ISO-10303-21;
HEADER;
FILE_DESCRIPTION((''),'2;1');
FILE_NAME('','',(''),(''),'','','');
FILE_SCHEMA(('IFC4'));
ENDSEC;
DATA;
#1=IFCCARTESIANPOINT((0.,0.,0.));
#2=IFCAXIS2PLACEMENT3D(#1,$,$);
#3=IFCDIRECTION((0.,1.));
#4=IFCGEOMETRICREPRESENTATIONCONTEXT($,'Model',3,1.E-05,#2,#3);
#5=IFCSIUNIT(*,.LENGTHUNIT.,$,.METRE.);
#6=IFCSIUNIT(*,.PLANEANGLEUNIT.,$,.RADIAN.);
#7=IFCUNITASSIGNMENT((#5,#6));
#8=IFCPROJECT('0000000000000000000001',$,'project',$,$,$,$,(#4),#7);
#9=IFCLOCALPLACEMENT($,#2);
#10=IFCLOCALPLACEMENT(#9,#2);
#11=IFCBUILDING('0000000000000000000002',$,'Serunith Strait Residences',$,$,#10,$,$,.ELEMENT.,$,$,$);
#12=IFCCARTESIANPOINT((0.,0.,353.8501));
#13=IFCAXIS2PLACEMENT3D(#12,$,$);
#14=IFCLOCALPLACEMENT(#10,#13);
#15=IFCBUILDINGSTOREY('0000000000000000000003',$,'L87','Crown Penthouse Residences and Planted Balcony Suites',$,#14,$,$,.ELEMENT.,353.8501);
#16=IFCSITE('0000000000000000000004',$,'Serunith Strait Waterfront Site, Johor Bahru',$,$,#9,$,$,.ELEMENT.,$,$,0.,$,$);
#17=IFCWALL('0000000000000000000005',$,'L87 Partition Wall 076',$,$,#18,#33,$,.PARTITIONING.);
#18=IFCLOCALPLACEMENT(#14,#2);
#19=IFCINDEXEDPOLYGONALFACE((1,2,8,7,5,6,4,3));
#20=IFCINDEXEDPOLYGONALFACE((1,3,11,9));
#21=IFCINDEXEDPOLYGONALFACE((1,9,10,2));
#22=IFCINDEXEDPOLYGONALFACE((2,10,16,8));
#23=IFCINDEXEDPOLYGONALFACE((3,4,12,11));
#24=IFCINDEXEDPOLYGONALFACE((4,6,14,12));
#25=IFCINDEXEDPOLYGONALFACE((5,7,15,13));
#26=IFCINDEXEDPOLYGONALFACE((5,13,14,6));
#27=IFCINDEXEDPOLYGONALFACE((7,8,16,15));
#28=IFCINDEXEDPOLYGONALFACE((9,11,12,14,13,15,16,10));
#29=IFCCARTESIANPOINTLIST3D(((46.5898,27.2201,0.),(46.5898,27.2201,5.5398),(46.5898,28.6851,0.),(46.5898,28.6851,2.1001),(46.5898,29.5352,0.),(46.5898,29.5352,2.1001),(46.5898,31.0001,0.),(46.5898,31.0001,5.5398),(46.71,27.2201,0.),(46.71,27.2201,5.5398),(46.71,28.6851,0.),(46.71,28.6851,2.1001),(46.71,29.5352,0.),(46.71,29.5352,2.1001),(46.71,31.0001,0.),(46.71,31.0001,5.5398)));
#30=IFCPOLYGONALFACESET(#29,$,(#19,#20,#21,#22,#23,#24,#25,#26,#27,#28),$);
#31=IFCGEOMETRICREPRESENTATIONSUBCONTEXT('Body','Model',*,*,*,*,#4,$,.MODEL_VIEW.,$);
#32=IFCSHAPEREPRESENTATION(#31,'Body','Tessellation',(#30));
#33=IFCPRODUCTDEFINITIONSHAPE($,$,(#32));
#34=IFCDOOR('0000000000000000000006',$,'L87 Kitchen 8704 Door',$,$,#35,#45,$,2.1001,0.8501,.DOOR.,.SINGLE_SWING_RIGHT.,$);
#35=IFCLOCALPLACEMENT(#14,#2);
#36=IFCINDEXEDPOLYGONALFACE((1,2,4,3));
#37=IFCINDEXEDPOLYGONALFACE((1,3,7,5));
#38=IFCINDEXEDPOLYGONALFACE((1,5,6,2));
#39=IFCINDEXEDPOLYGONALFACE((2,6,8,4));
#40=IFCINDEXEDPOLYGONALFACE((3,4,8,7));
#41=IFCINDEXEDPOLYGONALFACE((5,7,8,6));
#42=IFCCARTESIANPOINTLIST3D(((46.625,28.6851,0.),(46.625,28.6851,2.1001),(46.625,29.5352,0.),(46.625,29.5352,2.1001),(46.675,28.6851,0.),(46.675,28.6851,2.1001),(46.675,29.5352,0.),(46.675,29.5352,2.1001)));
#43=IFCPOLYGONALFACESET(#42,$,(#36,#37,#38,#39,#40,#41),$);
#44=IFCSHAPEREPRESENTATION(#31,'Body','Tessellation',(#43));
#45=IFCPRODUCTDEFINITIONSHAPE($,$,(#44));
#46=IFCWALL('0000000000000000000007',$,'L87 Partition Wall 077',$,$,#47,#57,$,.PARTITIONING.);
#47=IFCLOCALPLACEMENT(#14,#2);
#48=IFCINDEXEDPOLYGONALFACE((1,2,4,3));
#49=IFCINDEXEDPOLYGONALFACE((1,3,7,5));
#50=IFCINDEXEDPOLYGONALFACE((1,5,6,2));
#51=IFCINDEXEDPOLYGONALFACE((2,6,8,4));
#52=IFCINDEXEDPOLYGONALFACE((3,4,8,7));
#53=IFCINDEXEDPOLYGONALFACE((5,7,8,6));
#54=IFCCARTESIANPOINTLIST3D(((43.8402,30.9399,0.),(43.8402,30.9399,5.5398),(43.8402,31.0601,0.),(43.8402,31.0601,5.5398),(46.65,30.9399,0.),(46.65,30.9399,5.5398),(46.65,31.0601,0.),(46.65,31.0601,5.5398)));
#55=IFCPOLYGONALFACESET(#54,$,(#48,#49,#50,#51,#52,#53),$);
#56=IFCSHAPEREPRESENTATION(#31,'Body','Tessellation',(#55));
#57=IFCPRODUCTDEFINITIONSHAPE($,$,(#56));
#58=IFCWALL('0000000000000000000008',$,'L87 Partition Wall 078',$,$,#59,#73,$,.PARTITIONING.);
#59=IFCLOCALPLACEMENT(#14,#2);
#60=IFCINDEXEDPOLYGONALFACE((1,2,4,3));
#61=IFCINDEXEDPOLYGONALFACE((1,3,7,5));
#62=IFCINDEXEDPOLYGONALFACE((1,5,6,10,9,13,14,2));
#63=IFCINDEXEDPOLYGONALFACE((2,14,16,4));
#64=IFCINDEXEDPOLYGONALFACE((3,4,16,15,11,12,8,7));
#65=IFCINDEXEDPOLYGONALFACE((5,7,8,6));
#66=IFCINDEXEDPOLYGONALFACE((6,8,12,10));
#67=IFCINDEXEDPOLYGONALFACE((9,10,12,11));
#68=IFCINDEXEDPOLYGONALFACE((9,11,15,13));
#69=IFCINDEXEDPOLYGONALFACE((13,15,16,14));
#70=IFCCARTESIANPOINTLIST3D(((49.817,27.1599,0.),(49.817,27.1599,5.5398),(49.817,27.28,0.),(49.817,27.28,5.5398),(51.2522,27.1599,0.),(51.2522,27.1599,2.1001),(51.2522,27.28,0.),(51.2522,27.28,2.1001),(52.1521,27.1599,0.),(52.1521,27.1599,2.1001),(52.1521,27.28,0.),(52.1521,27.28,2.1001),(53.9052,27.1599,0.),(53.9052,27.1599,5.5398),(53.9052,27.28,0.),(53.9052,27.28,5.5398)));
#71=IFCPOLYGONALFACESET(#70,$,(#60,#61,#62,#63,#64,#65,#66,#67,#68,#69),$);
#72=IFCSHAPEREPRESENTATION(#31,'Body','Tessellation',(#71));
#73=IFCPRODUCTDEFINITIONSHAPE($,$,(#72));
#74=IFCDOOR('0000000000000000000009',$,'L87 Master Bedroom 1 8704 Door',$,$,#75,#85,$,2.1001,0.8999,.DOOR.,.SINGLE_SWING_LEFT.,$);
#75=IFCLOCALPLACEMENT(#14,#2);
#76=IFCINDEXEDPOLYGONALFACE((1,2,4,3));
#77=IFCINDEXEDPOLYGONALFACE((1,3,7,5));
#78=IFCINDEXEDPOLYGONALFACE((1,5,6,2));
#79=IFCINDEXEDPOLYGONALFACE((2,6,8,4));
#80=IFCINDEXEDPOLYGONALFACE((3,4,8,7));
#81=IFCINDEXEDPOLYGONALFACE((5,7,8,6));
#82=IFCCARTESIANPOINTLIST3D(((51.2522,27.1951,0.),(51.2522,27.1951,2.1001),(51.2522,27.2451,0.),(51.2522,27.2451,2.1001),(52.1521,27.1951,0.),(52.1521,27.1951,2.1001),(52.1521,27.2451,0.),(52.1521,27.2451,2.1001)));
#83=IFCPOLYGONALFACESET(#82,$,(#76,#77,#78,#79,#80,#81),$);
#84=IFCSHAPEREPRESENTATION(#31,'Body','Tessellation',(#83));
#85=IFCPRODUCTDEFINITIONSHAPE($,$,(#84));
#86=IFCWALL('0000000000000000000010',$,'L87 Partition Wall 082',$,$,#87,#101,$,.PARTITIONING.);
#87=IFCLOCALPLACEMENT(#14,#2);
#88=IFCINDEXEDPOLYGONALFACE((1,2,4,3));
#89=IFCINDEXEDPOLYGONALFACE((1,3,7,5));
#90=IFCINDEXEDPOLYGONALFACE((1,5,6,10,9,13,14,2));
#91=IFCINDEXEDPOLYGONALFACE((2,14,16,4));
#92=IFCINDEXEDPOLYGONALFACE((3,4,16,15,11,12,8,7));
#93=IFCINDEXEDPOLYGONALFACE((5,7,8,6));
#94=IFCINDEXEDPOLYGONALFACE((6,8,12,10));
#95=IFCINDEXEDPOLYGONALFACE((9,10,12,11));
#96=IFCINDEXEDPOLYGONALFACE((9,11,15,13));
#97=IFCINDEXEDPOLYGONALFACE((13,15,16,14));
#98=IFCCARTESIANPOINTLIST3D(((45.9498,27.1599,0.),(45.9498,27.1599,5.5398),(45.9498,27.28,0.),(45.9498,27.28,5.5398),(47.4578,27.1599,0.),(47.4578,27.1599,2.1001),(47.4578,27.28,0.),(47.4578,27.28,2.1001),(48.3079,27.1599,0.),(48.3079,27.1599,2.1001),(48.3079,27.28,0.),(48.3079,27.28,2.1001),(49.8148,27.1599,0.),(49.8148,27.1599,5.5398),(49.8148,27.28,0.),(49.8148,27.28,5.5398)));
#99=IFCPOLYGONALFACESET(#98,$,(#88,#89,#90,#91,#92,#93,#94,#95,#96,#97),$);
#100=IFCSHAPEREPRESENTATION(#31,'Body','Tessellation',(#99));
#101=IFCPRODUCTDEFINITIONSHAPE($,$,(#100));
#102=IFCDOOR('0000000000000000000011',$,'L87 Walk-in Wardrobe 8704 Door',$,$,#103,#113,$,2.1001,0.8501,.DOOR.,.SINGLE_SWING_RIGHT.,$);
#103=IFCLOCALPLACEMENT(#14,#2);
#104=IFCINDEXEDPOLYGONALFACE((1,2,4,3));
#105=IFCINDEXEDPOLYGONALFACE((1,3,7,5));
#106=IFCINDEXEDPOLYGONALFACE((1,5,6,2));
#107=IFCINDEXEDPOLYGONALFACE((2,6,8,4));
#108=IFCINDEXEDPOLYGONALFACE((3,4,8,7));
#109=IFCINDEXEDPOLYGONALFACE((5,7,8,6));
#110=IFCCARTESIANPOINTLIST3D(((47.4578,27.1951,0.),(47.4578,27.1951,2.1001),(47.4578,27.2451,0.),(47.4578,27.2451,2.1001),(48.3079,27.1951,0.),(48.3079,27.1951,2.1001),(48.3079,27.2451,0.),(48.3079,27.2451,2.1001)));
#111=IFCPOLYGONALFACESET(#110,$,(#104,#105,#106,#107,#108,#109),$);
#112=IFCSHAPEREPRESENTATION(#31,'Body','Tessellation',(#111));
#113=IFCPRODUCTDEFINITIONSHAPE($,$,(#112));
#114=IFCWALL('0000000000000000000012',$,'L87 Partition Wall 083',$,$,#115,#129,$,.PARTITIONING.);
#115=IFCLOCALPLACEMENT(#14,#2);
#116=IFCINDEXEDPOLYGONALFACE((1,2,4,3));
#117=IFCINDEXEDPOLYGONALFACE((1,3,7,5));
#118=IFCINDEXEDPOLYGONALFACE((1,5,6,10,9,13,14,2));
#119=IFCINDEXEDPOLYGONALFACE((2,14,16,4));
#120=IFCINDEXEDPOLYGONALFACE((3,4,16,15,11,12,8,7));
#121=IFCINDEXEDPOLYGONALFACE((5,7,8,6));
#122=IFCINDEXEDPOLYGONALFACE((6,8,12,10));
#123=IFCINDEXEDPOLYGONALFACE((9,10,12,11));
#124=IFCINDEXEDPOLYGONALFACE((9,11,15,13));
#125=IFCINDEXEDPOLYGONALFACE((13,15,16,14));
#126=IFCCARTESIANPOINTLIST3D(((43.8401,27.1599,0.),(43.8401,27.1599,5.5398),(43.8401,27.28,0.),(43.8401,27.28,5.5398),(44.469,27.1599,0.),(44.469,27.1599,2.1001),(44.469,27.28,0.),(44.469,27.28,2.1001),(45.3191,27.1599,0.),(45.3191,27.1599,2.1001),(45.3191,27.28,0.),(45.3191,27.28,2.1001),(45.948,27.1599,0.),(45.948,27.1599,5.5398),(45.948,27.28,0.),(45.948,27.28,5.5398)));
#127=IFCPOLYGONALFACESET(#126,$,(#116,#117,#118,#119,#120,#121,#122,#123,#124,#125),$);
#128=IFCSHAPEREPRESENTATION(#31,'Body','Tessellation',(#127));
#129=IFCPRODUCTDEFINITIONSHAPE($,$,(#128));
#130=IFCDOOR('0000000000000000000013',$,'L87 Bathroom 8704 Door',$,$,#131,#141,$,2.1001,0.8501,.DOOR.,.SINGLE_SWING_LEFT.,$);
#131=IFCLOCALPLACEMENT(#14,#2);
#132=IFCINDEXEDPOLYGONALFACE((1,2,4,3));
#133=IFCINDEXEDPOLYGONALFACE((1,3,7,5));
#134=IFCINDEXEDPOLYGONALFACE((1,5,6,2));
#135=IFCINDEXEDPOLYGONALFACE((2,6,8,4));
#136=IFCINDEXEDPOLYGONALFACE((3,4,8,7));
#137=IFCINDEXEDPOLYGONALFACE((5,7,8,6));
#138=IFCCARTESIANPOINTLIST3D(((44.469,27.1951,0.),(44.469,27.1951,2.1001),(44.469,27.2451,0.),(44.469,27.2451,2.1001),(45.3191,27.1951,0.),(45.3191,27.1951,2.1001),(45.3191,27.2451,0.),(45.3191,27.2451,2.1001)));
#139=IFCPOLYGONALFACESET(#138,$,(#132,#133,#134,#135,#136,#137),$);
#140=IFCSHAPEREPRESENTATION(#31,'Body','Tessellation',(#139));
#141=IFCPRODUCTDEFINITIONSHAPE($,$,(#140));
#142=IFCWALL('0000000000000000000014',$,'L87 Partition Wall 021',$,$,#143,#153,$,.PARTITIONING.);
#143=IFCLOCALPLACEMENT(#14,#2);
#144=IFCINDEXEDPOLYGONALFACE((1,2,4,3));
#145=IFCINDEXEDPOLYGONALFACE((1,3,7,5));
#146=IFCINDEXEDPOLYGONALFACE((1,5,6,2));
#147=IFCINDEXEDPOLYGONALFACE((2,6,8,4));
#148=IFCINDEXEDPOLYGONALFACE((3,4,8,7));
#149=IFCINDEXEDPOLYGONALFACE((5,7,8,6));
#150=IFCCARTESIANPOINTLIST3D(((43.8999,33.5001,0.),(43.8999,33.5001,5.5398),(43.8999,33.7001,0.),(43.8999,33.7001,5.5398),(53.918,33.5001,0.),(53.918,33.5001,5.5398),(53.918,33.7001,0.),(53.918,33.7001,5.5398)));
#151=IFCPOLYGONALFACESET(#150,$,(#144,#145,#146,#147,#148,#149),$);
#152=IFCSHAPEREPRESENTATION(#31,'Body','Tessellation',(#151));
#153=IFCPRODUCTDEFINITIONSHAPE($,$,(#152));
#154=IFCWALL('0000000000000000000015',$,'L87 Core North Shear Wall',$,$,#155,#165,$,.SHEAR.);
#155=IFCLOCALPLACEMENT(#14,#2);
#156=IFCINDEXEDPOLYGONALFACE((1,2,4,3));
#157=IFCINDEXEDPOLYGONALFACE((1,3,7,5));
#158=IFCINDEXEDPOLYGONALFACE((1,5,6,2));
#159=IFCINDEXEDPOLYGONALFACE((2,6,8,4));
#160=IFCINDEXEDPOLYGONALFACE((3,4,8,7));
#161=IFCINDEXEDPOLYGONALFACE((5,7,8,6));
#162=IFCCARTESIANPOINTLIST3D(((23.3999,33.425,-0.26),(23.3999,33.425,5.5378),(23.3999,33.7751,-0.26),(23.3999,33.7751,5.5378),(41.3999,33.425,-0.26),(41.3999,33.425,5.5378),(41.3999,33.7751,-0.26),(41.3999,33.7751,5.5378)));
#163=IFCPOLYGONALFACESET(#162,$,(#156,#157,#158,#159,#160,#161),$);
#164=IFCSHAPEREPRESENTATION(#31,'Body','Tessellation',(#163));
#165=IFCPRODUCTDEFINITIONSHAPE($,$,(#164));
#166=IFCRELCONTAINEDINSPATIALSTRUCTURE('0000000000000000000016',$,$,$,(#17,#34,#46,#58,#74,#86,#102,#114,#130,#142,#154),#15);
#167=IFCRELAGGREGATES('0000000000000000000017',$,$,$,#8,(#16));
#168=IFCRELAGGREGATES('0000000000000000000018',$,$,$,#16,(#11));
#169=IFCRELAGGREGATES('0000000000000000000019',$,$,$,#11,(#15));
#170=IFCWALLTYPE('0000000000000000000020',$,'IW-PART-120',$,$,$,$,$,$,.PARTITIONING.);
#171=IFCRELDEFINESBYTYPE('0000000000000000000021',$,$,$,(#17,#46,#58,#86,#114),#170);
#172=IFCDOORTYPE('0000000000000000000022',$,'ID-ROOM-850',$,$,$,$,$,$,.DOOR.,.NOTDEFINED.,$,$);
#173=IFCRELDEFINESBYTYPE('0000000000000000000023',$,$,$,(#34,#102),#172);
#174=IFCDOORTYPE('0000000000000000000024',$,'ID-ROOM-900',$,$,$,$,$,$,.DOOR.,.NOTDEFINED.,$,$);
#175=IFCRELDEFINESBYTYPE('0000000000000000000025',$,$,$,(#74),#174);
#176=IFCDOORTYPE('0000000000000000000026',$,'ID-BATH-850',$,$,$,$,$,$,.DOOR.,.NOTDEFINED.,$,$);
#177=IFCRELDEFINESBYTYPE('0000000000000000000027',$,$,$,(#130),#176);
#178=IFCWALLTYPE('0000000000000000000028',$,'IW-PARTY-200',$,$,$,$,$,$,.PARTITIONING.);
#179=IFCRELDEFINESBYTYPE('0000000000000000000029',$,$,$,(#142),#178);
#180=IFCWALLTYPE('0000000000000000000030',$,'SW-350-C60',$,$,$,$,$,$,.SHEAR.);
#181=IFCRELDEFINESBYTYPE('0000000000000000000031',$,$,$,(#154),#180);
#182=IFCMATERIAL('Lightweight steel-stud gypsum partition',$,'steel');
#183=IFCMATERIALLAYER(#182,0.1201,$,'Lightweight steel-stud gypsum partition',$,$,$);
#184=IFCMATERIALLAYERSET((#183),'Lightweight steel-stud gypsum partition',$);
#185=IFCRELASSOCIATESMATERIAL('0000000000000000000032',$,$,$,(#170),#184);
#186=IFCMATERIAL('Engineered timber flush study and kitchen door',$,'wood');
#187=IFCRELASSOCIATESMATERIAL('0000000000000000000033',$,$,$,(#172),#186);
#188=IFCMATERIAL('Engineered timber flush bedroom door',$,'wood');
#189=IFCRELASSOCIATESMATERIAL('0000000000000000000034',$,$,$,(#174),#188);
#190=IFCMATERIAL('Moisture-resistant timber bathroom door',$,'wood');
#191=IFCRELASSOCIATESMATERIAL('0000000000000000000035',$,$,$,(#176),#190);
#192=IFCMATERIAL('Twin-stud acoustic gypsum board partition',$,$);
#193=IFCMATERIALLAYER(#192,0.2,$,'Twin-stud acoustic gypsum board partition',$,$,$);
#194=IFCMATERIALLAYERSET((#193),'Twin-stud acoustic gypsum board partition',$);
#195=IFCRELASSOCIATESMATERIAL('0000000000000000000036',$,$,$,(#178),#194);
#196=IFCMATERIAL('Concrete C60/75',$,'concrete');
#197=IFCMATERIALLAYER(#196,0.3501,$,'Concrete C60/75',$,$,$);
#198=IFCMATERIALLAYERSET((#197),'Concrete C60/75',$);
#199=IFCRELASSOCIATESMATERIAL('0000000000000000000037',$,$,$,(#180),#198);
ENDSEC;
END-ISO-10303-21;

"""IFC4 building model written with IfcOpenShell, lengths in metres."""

from ifc_helpers import new_model, si_unit, direction, frame, frame_2d, origin, place, context, subcontext, project, spatial, rectangle, extrude, source, transform, mapped, material, layer, layer_set, type_object, element, fill, save


model = new_model("IFC4")

# Units and contexts
model_context = context("Model", 3, precision=1e-05, world=origin(), true_north=direction((0.0, 1.0)))
body_context = subcontext(model_context, "Body", "Model", "MODEL_VIEW")
ifc_project = project(units=[si_unit("LENGTHUNIT", "METRE"), si_unit("PLANEANGLEUNIT", "RADIAN")], contexts=[model_context])

# Site, building, storey
site_placement = place(None, origin())
site = spatial("IfcSite", under=ifc_project, at=site_placement, Name="Serunith Strait Waterfront Site, Johor Bahru", CompositionType="ELEMENT", RefElevation=0.0)
building_placement = place(site_placement, origin())
building = spatial("IfcBuilding", under=site, at=building_placement, Name="Serunith Strait Residences", CompositionType="ELEMENT")
storey_placement = place(building_placement, frame((0.0, 0.0, 353.8501)))
storey = spatial("IfcBuildingStorey", under=building, at=storey_placement, Name="L87", Description="Crown Penthouse Residences and Planted Balcony Suites", CompositionType="ELEMENT", Elevation=353.8501)

# Shared definitions
ifc_material_1 = material(Name="Concrete C60/75", Category="concrete")

# Wall, opening, door
ifc_material_2 = material(Name="Lightweight steel-stud gypsum partition", Category="steel")
ifc_layer_1 = layer(ifc_material_2, 0.1201, Name="Lightweight steel-stud gypsum partition")
ifc_layer_set_1 = layer_set([ifc_layer_1], Name="Lightweight steel-stud gypsum partition")
wall_type_1 = type_object("IfcWallType", Name="IW-PART-120", PredefinedType="PARTITIONING", material=ifc_layer_set_1)
wall_1_placement = place(storey_placement, frame((46.6499, 27.22, 0.0), z_axis=(0.0, 0.0, 1.0), x_axis=(0.0, 1.0, 0.0)))
wall_1 = element("IfcWall", 1, at=wall_1_placement, inside=storey, type_object=wall_type_1, Name="L87 Partition Wall 076", PredefinedType="PARTITIONING", context=body_context, shape_type="SweptSolid", body=[
    extrude(rectangle(XDim=3.78, YDim=0.1201, at=frame_2d((1.8901, 0.0))), origin(), (0.0, 0.0, 1.0), 5.5398),
])
opening_1_placement = place(wall_1_placement, frame((1.4651, 0.0, 0.0)))
opening_1 = element("IfcOpeningElement", 2, at=opening_1_placement, cuts=wall_1, PredefinedType="OPENING", context=body_context, shape_type="SweptSolid", body=[
    extrude(rectangle(XDim=0.8501, YDim=2.1001, at=frame_2d((0.425, 1.05))), frame((0.0, 0.0701, 0.0), z_axis=(0.0, -1.0, 0.0), x_axis=(1.0, 0.0, 0.0)), (0.0, 0.0, 1.0), 0.1401),
])
ifc_material_3 = material(Name="Engineered timber flush study and kitchen door", Category="wood")
door_type_1 = type_object("IfcDoorType", Name="ID-ROOM-850", OperationType="NOTDEFINED", PredefinedType="DOOR", material=ifc_material_3)
shared_shape_1 = source(origin(), body_context, "Body", "SweptSolid", [
    extrude(rectangle(XDim=0.8501, YDim=2.1001, at=frame_2d((0.425, 1.05))), frame((0.0, 0.0249, 0.0), z_axis=(0.0, -1.0, 0.0), x_axis=(1.0, 0.0, 0.0)), (0.0, 0.0, 1.0), 0.05),
])
door_1_placement = place(opening_1_placement, origin())
door_1 = element("IfcDoor", 3, at=door_1_placement, inside=storey, type_object=door_type_1, Name="L87 Kitchen 8704 Door", OperationType="SINGLE_SWING_RIGHT", OverallHeight=2.1001, OverallWidth=0.8501, PredefinedType="DOOR", context=body_context, shape_type="MappedRepresentation", body=[
    mapped(shared_shape_1, transform((0.0, 0.0, 0.0), scale=1.0)),
])
fill(opening_1, door_1)

# Wall
wall_2_placement = place(storey_placement, frame((46.6499, 31.0, 0.0), z_axis=(0.0, 0.0, 1.0), x_axis=(-1.0, 0.0, 0.0)))
element("IfcWall", 4, at=wall_2_placement, inside=storey, type_object=wall_type_1, Name="L87 Partition Wall 077", PredefinedType="PARTITIONING", context=body_context, shape_type="SweptSolid", body=[
    extrude(rectangle(XDim=2.8098, YDim=0.1201, at=frame_2d((1.4048, 0.0))), origin(), (0.0, 0.0, 1.0), 5.5398),
])

# Walls, openings, doors
wall_3_placement = place(storey_placement, frame((53.905, 27.22, 0.0), z_axis=(0.0, 0.0, 1.0), x_axis=(-1.0, 0.0, 0.0)))
wall_3 = element("IfcWall", 5, at=wall_3_placement, inside=storey, type_object=wall_type_1, Name="L87 Partition Wall 078", PredefinedType="PARTITIONING", context=body_context, shape_type="SweptSolid", body=[
    extrude(rectangle(XDim=4.0881, YDim=0.1201, at=frame_2d((2.0439, 0.0))), origin(), (0.0, 0.0, 1.0), 5.5398),
])
opening_2_placement = place(wall_3_placement, frame((1.7529, 0.0, 0.0)))
opening_2 = element("IfcOpeningElement", 6, at=opening_2_placement, cuts=wall_3, PredefinedType="OPENING", context=body_context, shape_type="SweptSolid", body=[
    extrude(rectangle(XDim=0.8999, YDim=2.1001, at=frame_2d((0.45, 1.05))), frame((0.0, 0.0701, 0.0), z_axis=(0.0, -1.0, 0.0), x_axis=(1.0, 0.0, 0.0)), (0.0, 0.0, 1.0), 0.1401),
])
ifc_material_4 = material(Name="Engineered timber flush bedroom door", Category="wood")
door_type_2 = type_object("IfcDoorType", Name="ID-ROOM-900", OperationType="NOTDEFINED", PredefinedType="DOOR", material=ifc_material_4)
shared_shape_2 = source(origin(), body_context, "Body", "SweptSolid", [
    extrude(rectangle(XDim=0.8999, YDim=2.1001, at=frame_2d((0.45, 1.05))), frame((0.0, 0.0249, 0.0), z_axis=(0.0, -1.0, 0.0), x_axis=(1.0, 0.0, 0.0)), (0.0, 0.0, 1.0), 0.05),
])
door_2_placement = place(opening_2_placement, origin())
door_2 = element("IfcDoor", 7, at=door_2_placement, inside=storey, type_object=door_type_2, Name="L87 Master Bedroom 1 8704 Door", OperationType="SINGLE_SWING_LEFT", OverallHeight=2.1001, OverallWidth=0.8999, PredefinedType="DOOR", context=body_context, shape_type="MappedRepresentation", body=[
    mapped(shared_shape_2, transform((0.0, 0.0, 0.0), scale=1.0)),
])
fill(opening_2, door_2)
wall_4_placement = place(storey_placement, frame((49.8149, 27.22, 0.0), z_axis=(0.0, 0.0, 1.0), x_axis=(-1.0, 0.0, 0.0)))
wall_4 = element("IfcWall", 8, at=wall_4_placement, inside=storey, type_object=wall_type_1, Name="L87 Partition Wall 082", PredefinedType="PARTITIONING", context=body_context, shape_type="SweptSolid", body=[
    extrude(rectangle(XDim=3.865, YDim=0.1201, at=frame_2d((1.9326, 0.0))), origin(), (0.0, 0.0, 1.0), 5.5398),
])
opening_3_placement = place(wall_4_placement, frame((1.5071, 0.0, 0.0)))
opening_3 = element("IfcOpeningElement", 9, at=opening_3_placement, cuts=wall_4, PredefinedType="OPENING", context=body_context, shape_type="SweptSolid", body=[
    extrude(rectangle(XDim=0.8501, YDim=2.1001, at=frame_2d((0.425, 1.05))), frame((0.0, 0.0701, 0.0), z_axis=(0.0, -1.0, 0.0), x_axis=(1.0, 0.0, 0.0)), (0.0, 0.0, 1.0), 0.1401),
])
door_3_placement = place(opening_3_placement, origin())
door_3 = element("IfcDoor", 10, at=door_3_placement, inside=storey, type_object=door_type_1, Name="L87 Walk-in Wardrobe 8704 Door", OperationType="SINGLE_SWING_RIGHT", OverallHeight=2.1001, OverallWidth=0.8501, PredefinedType="DOOR", context=body_context, shape_type="MappedRepresentation", body=[
    mapped(shared_shape_1, transform((0.0, 0.0, 0.0), scale=1.0)),
])
fill(opening_3, door_3)
wall_5_placement = place(storey_placement, frame((45.948, 27.22, 0.0), z_axis=(0.0, 0.0, 1.0), x_axis=(-1.0, 0.0, 0.0)))
wall_5 = element("IfcWall", 11, at=wall_5_placement, inside=storey, type_object=wall_type_1, Name="L87 Partition Wall 083", PredefinedType="PARTITIONING", context=body_context, shape_type="SweptSolid", body=[
    extrude(rectangle(XDim=2.1079, YDim=0.1201, at=frame_2d((1.054, 0.0))), origin(), (0.0, 0.0, 1.0), 5.5398),
])
opening_4_placement = place(wall_5_placement, frame((0.6289, 0.0, 0.0)))
opening_4 = element("IfcOpeningElement", 12, at=opening_4_placement, cuts=wall_5, PredefinedType="OPENING", context=body_context, shape_type="SweptSolid", body=[
    extrude(rectangle(XDim=0.8501, YDim=2.1001, at=frame_2d((0.425, 1.05))), frame((0.0, 0.0701, 0.0), z_axis=(0.0, -1.0, 0.0), x_axis=(1.0, 0.0, 0.0)), (0.0, 0.0, 1.0), 0.1401),
])
ifc_material_5 = material(Name="Moisture-resistant timber bathroom door", Category="wood")
door_type_3 = type_object("IfcDoorType", Name="ID-BATH-850", OperationType="NOTDEFINED", PredefinedType="DOOR", material=ifc_material_5)
door_4_placement = place(opening_4_placement, origin())
door_4 = element("IfcDoor", 13, at=door_4_placement, inside=storey, type_object=door_type_3, Name="L87 Bathroom 8704 Door", OperationType="SINGLE_SWING_LEFT", OverallHeight=2.1001, OverallWidth=0.8501, PredefinedType="DOOR", context=body_context, shape_type="MappedRepresentation", body=[
    mapped(shared_shape_1, transform((0.0, 0.0, 0.0), scale=1.0)),
])
fill(opening_4, door_4)

# Walls
ifc_material_6 = material(Name="Twin-stud acoustic gypsum board partition")
ifc_layer_2 = layer(ifc_material_6, 0.2, Name="Twin-stud acoustic gypsum board partition")
ifc_layer_set_2 = layer_set([ifc_layer_2], Name="Twin-stud acoustic gypsum board partition")
wall_type_2 = type_object("IfcWallType", Name="IW-PARTY-200", PredefinedType="PARTITIONING", material=ifc_layer_set_2)
wall_6_placement = place(storey_placement, frame((43.8999, 33.6001, 0.0), z_axis=(0.0, 0.0, 1.0), x_axis=(1.0, 0.0, 0.0)))
element("IfcWall", 14, at=wall_6_placement, inside=storey, type_object=wall_type_2, Name="L87 Partition Wall 021", PredefinedType="PARTITIONING", context=body_context, shape_type="SweptSolid", body=[
    extrude(rectangle(XDim=10.0181, YDim=0.2, at=frame_2d((5.009, 0.0))), origin(), (0.0, 0.0, 1.0), 5.5398),
])
ifc_layer_3 = layer(ifc_material_1, 0.3501, Name="Concrete C60/75")
ifc_layer_set_3 = layer_set([ifc_layer_3], Name="Concrete C60/75")
wall_type_3 = type_object("IfcWallType", Name="SW-350-C60", PredefinedType="SHEAR", material=ifc_layer_set_3)
wall_7_placement = place(storey_placement, frame((41.3999, 33.6001, -0.26), z_axis=(0.0, 0.0, 1.0), x_axis=(-1.0, 0.0, 0.0)))
element("IfcWall", 15, at=wall_7_placement, inside=storey, type_object=wall_type_3, Name="L87 Core North Shear Wall", PredefinedType="SHEAR", context=body_context, shape_type="SweptSolid", body=[
    extrude(rectangle(XDim=18.0, YDim=0.3501, at=frame_2d((9.0, 0.0))), origin(), (0.0, 0.0, 1.0), 5.7979),
])

save(model, "model.ifc")
